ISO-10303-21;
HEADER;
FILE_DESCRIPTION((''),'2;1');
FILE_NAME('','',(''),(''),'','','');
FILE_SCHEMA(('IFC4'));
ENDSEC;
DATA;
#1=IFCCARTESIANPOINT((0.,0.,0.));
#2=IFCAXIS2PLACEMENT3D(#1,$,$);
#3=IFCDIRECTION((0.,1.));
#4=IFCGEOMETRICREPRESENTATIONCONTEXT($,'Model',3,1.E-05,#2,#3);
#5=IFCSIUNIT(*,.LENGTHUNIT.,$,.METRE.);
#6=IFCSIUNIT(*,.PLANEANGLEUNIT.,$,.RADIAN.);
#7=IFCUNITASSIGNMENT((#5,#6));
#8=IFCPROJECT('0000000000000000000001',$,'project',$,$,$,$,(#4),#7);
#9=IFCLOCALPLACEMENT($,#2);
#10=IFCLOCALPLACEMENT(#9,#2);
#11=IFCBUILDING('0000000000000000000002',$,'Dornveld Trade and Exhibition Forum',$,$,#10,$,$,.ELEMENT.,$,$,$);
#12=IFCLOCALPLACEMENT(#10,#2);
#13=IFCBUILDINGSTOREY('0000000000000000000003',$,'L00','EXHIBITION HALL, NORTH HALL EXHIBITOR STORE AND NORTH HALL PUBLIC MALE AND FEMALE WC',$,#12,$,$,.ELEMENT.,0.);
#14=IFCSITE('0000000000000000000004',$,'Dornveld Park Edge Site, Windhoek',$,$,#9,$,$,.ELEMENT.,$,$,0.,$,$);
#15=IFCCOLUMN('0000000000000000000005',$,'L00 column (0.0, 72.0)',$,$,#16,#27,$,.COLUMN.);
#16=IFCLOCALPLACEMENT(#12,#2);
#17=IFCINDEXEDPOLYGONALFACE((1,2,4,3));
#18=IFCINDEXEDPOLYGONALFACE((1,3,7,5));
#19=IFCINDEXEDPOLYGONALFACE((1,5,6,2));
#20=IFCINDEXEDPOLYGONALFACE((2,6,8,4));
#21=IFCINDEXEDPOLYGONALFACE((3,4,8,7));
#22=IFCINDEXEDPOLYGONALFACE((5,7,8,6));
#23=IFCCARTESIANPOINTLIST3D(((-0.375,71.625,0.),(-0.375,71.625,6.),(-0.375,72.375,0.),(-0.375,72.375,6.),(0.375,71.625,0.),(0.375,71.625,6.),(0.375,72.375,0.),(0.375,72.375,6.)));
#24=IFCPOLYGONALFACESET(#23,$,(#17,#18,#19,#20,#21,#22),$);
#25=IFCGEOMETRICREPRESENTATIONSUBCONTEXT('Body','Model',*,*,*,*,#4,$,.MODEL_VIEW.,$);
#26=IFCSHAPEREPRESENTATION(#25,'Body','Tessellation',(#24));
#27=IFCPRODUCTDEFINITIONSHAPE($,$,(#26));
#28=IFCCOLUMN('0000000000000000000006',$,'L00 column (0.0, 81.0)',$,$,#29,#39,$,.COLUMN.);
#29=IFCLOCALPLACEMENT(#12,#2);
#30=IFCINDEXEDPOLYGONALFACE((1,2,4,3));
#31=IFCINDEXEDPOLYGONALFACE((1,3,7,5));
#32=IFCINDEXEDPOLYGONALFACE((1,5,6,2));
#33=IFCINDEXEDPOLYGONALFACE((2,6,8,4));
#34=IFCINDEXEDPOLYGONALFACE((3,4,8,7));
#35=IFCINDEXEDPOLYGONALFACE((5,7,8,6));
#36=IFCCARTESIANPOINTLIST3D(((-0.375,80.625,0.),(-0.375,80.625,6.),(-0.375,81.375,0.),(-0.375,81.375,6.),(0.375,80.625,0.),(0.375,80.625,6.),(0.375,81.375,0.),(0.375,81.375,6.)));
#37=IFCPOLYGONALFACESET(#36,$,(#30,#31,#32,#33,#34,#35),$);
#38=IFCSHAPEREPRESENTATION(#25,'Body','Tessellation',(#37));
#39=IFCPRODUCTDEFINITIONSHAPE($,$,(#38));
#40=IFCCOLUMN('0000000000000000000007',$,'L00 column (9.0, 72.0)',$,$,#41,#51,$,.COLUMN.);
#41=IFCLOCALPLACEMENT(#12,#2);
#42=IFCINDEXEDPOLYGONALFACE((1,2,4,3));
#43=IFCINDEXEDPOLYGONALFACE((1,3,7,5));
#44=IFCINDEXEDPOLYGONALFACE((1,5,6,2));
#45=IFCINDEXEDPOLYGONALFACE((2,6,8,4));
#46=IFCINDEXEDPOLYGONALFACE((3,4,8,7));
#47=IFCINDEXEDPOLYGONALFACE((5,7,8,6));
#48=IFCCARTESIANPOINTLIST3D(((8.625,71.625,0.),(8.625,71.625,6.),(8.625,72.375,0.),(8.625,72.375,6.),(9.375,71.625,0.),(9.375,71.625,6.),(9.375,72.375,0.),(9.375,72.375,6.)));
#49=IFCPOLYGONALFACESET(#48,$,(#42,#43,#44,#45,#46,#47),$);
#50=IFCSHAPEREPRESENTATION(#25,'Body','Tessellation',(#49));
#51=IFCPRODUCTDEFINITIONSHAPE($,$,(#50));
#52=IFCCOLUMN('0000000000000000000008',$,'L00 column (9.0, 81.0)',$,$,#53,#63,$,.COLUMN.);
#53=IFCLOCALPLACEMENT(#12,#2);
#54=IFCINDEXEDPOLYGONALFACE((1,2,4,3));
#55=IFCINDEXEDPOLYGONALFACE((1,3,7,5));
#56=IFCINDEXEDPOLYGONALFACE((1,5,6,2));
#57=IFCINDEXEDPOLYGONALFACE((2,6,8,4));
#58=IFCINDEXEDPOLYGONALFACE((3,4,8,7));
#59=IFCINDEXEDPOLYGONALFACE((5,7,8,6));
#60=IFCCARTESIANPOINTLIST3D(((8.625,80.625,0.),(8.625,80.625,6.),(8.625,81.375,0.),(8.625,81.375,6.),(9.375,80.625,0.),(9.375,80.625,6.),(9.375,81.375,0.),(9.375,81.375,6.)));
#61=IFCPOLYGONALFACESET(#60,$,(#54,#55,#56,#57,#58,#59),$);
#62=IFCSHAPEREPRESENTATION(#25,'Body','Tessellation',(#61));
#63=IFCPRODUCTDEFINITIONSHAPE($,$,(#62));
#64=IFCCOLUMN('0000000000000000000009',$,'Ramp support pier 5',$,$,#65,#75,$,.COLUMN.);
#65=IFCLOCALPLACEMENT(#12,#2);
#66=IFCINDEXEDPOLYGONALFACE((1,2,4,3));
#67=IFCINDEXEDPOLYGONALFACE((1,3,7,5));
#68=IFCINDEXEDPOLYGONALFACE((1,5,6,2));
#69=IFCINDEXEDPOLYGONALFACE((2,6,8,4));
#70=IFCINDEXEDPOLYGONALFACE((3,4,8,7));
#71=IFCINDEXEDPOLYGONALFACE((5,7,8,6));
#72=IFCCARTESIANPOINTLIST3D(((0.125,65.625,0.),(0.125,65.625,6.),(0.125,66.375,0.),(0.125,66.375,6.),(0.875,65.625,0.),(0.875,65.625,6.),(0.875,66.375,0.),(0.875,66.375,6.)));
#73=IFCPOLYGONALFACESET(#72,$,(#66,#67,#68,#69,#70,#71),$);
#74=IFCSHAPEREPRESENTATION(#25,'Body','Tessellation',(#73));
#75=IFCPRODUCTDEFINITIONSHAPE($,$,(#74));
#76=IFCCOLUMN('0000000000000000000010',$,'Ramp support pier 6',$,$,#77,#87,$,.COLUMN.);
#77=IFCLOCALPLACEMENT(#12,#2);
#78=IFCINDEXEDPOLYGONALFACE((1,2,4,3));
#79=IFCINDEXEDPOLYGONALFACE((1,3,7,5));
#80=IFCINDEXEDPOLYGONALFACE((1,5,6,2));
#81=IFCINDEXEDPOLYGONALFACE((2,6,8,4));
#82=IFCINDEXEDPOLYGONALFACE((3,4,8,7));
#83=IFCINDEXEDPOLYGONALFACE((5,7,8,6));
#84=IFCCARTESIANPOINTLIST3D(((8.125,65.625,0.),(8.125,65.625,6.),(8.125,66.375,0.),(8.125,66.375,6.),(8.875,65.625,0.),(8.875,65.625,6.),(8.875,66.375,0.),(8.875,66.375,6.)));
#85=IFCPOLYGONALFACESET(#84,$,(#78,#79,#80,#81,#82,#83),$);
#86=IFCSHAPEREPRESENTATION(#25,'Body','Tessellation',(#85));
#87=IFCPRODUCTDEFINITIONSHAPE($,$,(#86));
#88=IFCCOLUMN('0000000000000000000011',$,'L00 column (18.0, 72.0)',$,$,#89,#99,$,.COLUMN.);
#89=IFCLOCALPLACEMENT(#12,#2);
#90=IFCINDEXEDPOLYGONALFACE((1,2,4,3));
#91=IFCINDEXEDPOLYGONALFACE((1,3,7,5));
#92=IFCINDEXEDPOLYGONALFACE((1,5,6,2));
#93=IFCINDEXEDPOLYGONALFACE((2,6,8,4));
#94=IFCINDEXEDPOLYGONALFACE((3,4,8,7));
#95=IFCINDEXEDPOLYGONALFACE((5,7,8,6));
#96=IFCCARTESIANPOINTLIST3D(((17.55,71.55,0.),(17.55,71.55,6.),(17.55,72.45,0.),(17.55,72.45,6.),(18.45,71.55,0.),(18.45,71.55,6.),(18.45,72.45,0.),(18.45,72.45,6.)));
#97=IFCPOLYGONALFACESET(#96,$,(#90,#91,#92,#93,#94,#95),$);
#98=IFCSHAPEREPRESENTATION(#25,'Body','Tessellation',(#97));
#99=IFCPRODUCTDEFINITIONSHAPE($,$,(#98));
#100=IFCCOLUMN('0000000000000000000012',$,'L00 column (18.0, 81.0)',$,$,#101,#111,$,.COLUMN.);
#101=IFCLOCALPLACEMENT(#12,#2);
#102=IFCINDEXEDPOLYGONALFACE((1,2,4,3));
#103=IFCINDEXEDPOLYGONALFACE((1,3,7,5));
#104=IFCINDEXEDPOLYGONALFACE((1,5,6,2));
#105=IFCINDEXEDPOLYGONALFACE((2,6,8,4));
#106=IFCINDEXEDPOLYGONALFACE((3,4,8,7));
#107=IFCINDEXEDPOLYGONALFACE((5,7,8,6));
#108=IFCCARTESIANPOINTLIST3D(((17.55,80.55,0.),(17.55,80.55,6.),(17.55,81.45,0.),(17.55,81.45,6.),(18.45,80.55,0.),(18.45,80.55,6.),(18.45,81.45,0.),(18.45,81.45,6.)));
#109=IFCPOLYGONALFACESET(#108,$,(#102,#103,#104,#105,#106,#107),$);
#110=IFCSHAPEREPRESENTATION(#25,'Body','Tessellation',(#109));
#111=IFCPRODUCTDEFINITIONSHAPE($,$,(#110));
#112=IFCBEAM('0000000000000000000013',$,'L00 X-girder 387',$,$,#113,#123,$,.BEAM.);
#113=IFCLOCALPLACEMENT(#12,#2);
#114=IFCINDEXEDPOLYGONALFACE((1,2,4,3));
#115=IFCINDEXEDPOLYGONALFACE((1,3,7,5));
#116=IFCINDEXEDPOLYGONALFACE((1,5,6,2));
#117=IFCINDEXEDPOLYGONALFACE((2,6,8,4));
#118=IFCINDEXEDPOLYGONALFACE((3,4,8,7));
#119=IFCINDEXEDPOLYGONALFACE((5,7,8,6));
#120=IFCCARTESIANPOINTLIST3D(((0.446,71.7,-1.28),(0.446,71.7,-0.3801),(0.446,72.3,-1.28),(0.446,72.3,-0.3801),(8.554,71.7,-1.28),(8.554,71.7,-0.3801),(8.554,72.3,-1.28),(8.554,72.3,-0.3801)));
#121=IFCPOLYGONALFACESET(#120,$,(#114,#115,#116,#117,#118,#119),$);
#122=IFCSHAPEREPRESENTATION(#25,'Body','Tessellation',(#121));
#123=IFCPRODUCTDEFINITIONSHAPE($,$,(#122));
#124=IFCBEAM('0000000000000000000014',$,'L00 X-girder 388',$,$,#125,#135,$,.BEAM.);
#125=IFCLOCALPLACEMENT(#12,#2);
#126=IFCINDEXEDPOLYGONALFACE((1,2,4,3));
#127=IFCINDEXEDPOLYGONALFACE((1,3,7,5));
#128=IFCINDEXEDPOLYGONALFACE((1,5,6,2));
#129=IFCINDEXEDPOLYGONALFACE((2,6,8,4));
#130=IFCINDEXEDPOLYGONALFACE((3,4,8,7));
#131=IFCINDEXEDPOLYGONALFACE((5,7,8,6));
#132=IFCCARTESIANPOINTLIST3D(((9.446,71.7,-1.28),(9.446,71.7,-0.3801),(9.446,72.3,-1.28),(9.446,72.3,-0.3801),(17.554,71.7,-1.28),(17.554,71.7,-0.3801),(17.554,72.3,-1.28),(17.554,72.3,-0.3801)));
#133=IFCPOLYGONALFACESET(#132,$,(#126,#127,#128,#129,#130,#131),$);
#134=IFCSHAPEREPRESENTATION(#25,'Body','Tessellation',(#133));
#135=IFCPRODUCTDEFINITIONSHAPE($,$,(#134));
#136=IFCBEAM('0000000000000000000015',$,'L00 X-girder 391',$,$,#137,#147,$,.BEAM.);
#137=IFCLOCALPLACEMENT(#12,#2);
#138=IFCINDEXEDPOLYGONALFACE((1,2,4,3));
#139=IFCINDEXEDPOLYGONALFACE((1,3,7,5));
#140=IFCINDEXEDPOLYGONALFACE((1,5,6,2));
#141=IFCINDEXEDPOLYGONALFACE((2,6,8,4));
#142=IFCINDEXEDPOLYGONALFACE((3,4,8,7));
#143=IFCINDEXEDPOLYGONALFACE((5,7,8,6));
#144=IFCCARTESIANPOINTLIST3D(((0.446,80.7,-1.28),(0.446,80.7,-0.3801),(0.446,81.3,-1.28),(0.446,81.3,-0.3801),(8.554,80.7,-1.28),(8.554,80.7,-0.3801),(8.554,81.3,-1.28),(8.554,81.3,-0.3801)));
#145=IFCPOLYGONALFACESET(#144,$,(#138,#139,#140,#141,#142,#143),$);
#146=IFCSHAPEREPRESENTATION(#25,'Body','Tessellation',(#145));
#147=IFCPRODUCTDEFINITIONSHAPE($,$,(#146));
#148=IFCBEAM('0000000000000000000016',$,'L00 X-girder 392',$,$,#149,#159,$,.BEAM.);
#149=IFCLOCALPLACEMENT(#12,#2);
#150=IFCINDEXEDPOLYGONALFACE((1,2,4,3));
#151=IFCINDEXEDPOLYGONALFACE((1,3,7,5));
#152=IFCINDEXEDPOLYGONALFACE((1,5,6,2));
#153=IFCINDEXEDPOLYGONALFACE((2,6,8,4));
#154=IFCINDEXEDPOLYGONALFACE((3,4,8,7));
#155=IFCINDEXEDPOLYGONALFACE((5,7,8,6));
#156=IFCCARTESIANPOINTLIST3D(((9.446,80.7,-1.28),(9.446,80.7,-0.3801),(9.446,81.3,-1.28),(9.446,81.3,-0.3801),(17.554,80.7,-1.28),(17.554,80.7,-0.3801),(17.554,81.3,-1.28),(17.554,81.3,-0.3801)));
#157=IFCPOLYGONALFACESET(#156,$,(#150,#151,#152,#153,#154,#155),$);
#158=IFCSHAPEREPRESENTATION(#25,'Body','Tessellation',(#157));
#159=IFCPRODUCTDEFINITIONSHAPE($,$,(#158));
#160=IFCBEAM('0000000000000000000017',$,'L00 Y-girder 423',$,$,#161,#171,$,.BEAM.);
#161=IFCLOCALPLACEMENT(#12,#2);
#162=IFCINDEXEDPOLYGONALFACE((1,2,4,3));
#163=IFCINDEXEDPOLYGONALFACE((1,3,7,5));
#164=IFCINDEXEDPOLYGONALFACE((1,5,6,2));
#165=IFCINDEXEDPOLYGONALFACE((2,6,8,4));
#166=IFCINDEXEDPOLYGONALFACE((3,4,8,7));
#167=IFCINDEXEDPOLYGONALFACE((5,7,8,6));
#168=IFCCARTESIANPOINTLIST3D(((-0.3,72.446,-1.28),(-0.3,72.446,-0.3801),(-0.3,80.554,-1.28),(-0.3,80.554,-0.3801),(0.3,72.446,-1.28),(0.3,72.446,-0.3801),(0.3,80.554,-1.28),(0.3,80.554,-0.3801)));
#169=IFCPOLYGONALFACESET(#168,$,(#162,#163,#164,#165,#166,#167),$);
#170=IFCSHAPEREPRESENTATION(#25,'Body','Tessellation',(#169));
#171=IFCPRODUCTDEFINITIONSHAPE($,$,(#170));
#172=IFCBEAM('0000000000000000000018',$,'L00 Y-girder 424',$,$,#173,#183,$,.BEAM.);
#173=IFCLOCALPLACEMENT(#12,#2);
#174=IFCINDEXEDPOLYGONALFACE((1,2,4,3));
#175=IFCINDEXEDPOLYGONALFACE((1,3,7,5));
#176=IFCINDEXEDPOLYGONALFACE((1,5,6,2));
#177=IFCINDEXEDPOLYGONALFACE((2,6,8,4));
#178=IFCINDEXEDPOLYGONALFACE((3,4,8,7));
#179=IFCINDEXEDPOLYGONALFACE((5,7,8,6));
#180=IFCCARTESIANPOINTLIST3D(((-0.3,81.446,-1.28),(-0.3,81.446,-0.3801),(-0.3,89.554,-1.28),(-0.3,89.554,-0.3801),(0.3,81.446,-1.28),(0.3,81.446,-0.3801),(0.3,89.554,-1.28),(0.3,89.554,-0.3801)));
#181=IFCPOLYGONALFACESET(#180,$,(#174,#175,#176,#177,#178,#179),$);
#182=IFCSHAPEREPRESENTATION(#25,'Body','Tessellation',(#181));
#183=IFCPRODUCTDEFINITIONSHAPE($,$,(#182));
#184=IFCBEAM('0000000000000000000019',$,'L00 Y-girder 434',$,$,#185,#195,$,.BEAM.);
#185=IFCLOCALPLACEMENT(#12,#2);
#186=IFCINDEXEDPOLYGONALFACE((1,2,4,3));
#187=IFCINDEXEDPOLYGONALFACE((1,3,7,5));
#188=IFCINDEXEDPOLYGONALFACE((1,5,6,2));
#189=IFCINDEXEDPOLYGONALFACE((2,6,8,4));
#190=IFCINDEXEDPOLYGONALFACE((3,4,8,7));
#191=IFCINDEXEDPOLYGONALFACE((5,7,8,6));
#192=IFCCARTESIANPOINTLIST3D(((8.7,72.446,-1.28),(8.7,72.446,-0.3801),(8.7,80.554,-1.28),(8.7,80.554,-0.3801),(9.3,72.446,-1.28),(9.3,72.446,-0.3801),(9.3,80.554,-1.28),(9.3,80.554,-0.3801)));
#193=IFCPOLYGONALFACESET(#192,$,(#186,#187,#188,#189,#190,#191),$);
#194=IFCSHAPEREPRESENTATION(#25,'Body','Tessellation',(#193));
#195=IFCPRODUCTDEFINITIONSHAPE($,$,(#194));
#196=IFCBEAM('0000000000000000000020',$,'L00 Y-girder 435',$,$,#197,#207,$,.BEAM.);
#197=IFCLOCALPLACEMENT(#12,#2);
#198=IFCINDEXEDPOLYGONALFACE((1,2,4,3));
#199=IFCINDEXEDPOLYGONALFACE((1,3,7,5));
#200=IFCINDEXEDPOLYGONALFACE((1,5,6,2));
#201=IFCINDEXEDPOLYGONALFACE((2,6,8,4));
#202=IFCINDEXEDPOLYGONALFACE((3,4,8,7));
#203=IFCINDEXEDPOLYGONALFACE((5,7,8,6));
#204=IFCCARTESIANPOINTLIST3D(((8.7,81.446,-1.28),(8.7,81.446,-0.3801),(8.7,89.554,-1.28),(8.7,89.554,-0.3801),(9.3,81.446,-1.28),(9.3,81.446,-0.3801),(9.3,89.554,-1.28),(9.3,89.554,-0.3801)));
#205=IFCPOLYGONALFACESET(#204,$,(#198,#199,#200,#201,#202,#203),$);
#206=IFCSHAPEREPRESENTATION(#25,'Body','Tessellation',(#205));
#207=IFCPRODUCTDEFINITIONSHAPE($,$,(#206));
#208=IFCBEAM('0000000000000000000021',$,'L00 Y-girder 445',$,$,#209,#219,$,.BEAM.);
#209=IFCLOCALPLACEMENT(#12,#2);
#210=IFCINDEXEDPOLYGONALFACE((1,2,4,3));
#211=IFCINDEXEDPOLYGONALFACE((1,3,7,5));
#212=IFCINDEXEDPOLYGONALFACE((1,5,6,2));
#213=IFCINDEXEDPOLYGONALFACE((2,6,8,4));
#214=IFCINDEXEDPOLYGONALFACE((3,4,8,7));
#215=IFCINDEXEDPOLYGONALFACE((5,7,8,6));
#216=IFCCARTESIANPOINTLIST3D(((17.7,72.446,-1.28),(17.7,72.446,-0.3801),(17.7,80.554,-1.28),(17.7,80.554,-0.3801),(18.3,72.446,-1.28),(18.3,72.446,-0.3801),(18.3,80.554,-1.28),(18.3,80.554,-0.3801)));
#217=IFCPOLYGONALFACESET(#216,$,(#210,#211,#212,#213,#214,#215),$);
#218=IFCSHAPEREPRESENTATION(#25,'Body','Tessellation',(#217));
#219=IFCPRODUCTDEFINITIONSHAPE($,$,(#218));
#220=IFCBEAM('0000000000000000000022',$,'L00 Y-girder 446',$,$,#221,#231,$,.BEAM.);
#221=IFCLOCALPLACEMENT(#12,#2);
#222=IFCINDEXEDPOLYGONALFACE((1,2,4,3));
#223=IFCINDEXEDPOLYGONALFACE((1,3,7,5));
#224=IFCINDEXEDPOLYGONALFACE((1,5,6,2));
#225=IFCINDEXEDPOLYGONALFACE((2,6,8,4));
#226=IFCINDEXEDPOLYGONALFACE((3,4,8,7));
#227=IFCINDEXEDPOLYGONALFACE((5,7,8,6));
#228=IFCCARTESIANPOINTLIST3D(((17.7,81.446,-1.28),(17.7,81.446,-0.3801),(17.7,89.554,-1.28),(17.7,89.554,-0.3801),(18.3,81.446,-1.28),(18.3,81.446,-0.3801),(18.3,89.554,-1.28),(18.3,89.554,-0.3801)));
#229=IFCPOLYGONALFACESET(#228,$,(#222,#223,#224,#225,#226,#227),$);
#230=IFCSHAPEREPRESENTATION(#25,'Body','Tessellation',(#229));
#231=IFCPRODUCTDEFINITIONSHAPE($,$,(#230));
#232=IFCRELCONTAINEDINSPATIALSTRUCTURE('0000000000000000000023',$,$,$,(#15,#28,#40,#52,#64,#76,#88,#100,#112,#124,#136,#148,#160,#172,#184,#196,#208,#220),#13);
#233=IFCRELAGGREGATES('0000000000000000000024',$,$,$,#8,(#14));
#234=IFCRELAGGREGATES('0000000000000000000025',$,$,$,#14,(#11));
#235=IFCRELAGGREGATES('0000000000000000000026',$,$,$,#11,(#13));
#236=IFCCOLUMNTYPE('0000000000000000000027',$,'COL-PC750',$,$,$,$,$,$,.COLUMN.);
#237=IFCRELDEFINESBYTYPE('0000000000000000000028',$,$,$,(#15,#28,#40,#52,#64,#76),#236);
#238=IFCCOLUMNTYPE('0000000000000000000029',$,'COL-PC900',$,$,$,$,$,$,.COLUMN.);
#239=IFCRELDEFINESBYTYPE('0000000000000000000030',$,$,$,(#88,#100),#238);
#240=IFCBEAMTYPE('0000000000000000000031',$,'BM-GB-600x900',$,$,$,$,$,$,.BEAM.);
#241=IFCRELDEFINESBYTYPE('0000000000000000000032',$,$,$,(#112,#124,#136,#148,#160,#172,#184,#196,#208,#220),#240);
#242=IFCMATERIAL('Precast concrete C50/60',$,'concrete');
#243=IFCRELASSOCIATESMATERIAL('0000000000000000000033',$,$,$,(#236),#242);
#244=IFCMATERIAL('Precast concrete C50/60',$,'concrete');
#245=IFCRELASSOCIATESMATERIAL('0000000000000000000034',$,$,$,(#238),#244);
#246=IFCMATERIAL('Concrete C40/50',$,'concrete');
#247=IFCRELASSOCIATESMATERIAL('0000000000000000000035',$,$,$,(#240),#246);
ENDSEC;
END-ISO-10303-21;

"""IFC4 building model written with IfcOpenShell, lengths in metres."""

from ifc_helpers import new_model, si_unit, direction, frame, origin, origin_2d, place, context, subcontext, project, spatial, rectangle, extrude, material, material_profile, profile_set, type_object, element, save


model = new_model("IFC4")

# Units and contexts
model_context = context("Model", 3, precision=1e-05, world=origin(), true_north=direction((0.0, 1.0)))
body_context = subcontext(model_context, "Body", "Model", "MODEL_VIEW")
ifc_project = project(units=[si_unit("LENGTHUNIT", "METRE"), si_unit("PLANEANGLEUNIT", "RADIAN")], contexts=[model_context])

# Site, building, storey
site_placement = place(None, origin())
site = spatial("IfcSite", under=ifc_project, at=site_placement, Name="Dornveld Park Edge Site, Windhoek", CompositionType="ELEMENT", RefElevation=0.0)
building_placement = place(site_placement, origin())
building = spatial("IfcBuilding", under=site, at=building_placement, Name="Dornveld Trade and Exhibition Forum", CompositionType="ELEMENT")
storey_placement = place(building_placement, origin())
storey = spatial("IfcBuildingStorey", under=building, at=storey_placement, Name="L00", Description="EXHIBITION HALL, NORTH HALL EXHIBITOR STORE AND NORTH HALL PUBLIC MALE AND FEMALE WC", CompositionType="ELEMENT", Elevation=0.0)

# Columns
ifc_material_1 = material(Name="Precast concrete C50/60", Category="concrete")
ifc_material_profile_1 = material_profile(ifc_material_1, rectangle(XDim=0.75, YDim=0.75, at=origin_2d()), Name="PC-COL 750x750")
ifc_profile_set_1 = profile_set([ifc_material_profile_1], Name="Precast concrete C50/60")
column_type_1 = type_object("IfcColumnType", Name="COL-PC750", PredefinedType="COLUMN", material=ifc_profile_set_1)
for number, where, z_axis, x_axis, name in (
    (1, (0.0, 72.0, 0.0), (0.0, 0.0, 1.0), (1.0, 0.0, 0.0), "L00 column (0.0, 72.0)"),
    (2, (0.0, 81.0, 0.0), (0.0, 0.0, 1.0), (1.0, 0.0, 0.0), "L00 column (0.0, 81.0)"),
    (3, (9.0, 72.0, 0.0), (0.0, 0.0, 1.0), (1.0, 0.0, 0.0), "L00 column (9.0, 72.0)"),
    (4, (9.0, 81.0, 0.0), (0.0, 0.0, 1.0), (1.0, 0.0, 0.0), "L00 column (9.0, 81.0)"),
    (5, (0.5, 66.0, 0.0), (0.0, 0.0, 1.0), (1.0, 0.0, 0.0), "Ramp support pier 5"),
    (6, (8.5, 66.0, 0.0), (0.0, 0.0, 1.0), (1.0, 0.0, 0.0), "Ramp support pier 6"),
):
    element("IfcColumn", number, at=place(storey_placement, frame(where, z_axis=z_axis, x_axis=x_axis)), inside=storey, type_object=column_type_1, Name=name, PredefinedType="COLUMN", context=body_context, shape_type="SweptSolid", body=[
        extrude(rectangle(XDim=0.75, YDim=0.75, at=origin_2d()), origin(), (0.0, 0.0, 1.0), 6.0),
    ])
ifc_material_2 = material(Name="Precast concrete C50/60", Category="concrete")
ifc_material_profile_2 = material_profile(ifc_material_2, rectangle(XDim=0.8999, YDim=0.8999, at=origin_2d()), Name="PC-COL 900x900")
ifc_profile_set_2 = profile_set([ifc_material_profile_2], Name="Precast concrete C50/60")
column_type_2 = type_object("IfcColumnType", Name="COL-PC900", PredefinedType="COLUMN", material=ifc_profile_set_2)
for number, where, z_axis, x_axis, name in (
    (7, (18.0, 72.0, 0.0), (0.0, 0.0, 1.0), (1.0, 0.0, 0.0), "L00 column (18.0, 72.0)"),
    (8, (18.0, 81.0, 0.0), (0.0, 0.0, 1.0), (1.0, 0.0, 0.0), "L00 column (18.0, 81.0)"),
):
    element("IfcColumn", number, at=place(storey_placement, frame(where, z_axis=z_axis, x_axis=x_axis)), inside=storey, type_object=column_type_2, Name=name, PredefinedType="COLUMN", context=body_context, shape_type="SweptSolid", body=[
        extrude(rectangle(XDim=0.8999, YDim=0.8999, at=origin_2d()), origin(), (0.0, 0.0, 1.0), 6.0),
    ])

# Beams
ifc_material_3 = material(Name="Concrete C40/50", Category="concrete")
ifc_material_profile_3 = material_profile(ifc_material_3, rectangle(XDim=0.6001, YDim=0.8999, at=origin_2d()), Name="RC-GB 600x900")
ifc_profile_set_3 = profile_set([ifc_material_profile_3], Name="Concrete C40/50")
beam_type_1 = type_object("IfcBeamType", Name="BM-GB-600x900", PredefinedType="BEAM", material=ifc_profile_set_3)
for number, where, z_axis, x_axis, name in (
    (9, (0.446, 72.0, -0.8301), (1.0, 0.0, 0.0), (0.0, 1.0, 0.0), "L00 X-girder 387"),
    (10, (9.446, 72.0, -0.8301), (1.0, 0.0, 0.0), (0.0, 1.0, 0.0), "L00 X-girder 388"),
    (11, (0.446, 81.0, -0.8301), (1.0, 0.0, 0.0), (0.0, 1.0, 0.0), "L00 X-girder 391"),
    (12, (9.446, 81.0, -0.8301), (1.0, 0.0, 0.0), (0.0, 1.0, 0.0), "L00 X-girder 392"),
    (13, (0.0, 72.446, -0.8301), (0.0, 1.0, 0.0), (-1.0, 0.0, 0.0), "L00 Y-girder 423"),
    (14, (0.0, 81.446, -0.8301), (0.0, 1.0, 0.0), (-1.0, 0.0, 0.0), "L00 Y-girder 424"),
    (15, (9.0, 72.446, -0.8301), (0.0, 1.0, 0.0), (-1.0, 0.0, 0.0), "L00 Y-girder 434"),
    (16, (9.0, 81.446, -0.8301), (0.0, 1.0, 0.0), (-1.0, 0.0, 0.0), "L00 Y-girder 435"),
    (17, (18.0, 72.446, -0.8301), (0.0, 1.0, 0.0), (-1.0, 0.0, 0.0), "L00 Y-girder 445"),
    (18, (18.0, 81.446, -0.8301), (0.0, 1.0, 0.0), (-1.0, 0.0, 0.0), "L00 Y-girder 446"),
):
    element("IfcBeam", number, at=place(storey_placement, frame(where, z_axis=z_axis, x_axis=x_axis)), inside=storey, type_object=beam_type_1, Name=name, PredefinedType="BEAM", context=body_context, shape_type="SweptSolid", body=[
        extrude(rectangle(XDim=0.6001, YDim=0.8999, at=origin_2d()), origin(), (0.0, 0.0, 1.0), 8.1079),
    ])

save(model, "model.ifc")
